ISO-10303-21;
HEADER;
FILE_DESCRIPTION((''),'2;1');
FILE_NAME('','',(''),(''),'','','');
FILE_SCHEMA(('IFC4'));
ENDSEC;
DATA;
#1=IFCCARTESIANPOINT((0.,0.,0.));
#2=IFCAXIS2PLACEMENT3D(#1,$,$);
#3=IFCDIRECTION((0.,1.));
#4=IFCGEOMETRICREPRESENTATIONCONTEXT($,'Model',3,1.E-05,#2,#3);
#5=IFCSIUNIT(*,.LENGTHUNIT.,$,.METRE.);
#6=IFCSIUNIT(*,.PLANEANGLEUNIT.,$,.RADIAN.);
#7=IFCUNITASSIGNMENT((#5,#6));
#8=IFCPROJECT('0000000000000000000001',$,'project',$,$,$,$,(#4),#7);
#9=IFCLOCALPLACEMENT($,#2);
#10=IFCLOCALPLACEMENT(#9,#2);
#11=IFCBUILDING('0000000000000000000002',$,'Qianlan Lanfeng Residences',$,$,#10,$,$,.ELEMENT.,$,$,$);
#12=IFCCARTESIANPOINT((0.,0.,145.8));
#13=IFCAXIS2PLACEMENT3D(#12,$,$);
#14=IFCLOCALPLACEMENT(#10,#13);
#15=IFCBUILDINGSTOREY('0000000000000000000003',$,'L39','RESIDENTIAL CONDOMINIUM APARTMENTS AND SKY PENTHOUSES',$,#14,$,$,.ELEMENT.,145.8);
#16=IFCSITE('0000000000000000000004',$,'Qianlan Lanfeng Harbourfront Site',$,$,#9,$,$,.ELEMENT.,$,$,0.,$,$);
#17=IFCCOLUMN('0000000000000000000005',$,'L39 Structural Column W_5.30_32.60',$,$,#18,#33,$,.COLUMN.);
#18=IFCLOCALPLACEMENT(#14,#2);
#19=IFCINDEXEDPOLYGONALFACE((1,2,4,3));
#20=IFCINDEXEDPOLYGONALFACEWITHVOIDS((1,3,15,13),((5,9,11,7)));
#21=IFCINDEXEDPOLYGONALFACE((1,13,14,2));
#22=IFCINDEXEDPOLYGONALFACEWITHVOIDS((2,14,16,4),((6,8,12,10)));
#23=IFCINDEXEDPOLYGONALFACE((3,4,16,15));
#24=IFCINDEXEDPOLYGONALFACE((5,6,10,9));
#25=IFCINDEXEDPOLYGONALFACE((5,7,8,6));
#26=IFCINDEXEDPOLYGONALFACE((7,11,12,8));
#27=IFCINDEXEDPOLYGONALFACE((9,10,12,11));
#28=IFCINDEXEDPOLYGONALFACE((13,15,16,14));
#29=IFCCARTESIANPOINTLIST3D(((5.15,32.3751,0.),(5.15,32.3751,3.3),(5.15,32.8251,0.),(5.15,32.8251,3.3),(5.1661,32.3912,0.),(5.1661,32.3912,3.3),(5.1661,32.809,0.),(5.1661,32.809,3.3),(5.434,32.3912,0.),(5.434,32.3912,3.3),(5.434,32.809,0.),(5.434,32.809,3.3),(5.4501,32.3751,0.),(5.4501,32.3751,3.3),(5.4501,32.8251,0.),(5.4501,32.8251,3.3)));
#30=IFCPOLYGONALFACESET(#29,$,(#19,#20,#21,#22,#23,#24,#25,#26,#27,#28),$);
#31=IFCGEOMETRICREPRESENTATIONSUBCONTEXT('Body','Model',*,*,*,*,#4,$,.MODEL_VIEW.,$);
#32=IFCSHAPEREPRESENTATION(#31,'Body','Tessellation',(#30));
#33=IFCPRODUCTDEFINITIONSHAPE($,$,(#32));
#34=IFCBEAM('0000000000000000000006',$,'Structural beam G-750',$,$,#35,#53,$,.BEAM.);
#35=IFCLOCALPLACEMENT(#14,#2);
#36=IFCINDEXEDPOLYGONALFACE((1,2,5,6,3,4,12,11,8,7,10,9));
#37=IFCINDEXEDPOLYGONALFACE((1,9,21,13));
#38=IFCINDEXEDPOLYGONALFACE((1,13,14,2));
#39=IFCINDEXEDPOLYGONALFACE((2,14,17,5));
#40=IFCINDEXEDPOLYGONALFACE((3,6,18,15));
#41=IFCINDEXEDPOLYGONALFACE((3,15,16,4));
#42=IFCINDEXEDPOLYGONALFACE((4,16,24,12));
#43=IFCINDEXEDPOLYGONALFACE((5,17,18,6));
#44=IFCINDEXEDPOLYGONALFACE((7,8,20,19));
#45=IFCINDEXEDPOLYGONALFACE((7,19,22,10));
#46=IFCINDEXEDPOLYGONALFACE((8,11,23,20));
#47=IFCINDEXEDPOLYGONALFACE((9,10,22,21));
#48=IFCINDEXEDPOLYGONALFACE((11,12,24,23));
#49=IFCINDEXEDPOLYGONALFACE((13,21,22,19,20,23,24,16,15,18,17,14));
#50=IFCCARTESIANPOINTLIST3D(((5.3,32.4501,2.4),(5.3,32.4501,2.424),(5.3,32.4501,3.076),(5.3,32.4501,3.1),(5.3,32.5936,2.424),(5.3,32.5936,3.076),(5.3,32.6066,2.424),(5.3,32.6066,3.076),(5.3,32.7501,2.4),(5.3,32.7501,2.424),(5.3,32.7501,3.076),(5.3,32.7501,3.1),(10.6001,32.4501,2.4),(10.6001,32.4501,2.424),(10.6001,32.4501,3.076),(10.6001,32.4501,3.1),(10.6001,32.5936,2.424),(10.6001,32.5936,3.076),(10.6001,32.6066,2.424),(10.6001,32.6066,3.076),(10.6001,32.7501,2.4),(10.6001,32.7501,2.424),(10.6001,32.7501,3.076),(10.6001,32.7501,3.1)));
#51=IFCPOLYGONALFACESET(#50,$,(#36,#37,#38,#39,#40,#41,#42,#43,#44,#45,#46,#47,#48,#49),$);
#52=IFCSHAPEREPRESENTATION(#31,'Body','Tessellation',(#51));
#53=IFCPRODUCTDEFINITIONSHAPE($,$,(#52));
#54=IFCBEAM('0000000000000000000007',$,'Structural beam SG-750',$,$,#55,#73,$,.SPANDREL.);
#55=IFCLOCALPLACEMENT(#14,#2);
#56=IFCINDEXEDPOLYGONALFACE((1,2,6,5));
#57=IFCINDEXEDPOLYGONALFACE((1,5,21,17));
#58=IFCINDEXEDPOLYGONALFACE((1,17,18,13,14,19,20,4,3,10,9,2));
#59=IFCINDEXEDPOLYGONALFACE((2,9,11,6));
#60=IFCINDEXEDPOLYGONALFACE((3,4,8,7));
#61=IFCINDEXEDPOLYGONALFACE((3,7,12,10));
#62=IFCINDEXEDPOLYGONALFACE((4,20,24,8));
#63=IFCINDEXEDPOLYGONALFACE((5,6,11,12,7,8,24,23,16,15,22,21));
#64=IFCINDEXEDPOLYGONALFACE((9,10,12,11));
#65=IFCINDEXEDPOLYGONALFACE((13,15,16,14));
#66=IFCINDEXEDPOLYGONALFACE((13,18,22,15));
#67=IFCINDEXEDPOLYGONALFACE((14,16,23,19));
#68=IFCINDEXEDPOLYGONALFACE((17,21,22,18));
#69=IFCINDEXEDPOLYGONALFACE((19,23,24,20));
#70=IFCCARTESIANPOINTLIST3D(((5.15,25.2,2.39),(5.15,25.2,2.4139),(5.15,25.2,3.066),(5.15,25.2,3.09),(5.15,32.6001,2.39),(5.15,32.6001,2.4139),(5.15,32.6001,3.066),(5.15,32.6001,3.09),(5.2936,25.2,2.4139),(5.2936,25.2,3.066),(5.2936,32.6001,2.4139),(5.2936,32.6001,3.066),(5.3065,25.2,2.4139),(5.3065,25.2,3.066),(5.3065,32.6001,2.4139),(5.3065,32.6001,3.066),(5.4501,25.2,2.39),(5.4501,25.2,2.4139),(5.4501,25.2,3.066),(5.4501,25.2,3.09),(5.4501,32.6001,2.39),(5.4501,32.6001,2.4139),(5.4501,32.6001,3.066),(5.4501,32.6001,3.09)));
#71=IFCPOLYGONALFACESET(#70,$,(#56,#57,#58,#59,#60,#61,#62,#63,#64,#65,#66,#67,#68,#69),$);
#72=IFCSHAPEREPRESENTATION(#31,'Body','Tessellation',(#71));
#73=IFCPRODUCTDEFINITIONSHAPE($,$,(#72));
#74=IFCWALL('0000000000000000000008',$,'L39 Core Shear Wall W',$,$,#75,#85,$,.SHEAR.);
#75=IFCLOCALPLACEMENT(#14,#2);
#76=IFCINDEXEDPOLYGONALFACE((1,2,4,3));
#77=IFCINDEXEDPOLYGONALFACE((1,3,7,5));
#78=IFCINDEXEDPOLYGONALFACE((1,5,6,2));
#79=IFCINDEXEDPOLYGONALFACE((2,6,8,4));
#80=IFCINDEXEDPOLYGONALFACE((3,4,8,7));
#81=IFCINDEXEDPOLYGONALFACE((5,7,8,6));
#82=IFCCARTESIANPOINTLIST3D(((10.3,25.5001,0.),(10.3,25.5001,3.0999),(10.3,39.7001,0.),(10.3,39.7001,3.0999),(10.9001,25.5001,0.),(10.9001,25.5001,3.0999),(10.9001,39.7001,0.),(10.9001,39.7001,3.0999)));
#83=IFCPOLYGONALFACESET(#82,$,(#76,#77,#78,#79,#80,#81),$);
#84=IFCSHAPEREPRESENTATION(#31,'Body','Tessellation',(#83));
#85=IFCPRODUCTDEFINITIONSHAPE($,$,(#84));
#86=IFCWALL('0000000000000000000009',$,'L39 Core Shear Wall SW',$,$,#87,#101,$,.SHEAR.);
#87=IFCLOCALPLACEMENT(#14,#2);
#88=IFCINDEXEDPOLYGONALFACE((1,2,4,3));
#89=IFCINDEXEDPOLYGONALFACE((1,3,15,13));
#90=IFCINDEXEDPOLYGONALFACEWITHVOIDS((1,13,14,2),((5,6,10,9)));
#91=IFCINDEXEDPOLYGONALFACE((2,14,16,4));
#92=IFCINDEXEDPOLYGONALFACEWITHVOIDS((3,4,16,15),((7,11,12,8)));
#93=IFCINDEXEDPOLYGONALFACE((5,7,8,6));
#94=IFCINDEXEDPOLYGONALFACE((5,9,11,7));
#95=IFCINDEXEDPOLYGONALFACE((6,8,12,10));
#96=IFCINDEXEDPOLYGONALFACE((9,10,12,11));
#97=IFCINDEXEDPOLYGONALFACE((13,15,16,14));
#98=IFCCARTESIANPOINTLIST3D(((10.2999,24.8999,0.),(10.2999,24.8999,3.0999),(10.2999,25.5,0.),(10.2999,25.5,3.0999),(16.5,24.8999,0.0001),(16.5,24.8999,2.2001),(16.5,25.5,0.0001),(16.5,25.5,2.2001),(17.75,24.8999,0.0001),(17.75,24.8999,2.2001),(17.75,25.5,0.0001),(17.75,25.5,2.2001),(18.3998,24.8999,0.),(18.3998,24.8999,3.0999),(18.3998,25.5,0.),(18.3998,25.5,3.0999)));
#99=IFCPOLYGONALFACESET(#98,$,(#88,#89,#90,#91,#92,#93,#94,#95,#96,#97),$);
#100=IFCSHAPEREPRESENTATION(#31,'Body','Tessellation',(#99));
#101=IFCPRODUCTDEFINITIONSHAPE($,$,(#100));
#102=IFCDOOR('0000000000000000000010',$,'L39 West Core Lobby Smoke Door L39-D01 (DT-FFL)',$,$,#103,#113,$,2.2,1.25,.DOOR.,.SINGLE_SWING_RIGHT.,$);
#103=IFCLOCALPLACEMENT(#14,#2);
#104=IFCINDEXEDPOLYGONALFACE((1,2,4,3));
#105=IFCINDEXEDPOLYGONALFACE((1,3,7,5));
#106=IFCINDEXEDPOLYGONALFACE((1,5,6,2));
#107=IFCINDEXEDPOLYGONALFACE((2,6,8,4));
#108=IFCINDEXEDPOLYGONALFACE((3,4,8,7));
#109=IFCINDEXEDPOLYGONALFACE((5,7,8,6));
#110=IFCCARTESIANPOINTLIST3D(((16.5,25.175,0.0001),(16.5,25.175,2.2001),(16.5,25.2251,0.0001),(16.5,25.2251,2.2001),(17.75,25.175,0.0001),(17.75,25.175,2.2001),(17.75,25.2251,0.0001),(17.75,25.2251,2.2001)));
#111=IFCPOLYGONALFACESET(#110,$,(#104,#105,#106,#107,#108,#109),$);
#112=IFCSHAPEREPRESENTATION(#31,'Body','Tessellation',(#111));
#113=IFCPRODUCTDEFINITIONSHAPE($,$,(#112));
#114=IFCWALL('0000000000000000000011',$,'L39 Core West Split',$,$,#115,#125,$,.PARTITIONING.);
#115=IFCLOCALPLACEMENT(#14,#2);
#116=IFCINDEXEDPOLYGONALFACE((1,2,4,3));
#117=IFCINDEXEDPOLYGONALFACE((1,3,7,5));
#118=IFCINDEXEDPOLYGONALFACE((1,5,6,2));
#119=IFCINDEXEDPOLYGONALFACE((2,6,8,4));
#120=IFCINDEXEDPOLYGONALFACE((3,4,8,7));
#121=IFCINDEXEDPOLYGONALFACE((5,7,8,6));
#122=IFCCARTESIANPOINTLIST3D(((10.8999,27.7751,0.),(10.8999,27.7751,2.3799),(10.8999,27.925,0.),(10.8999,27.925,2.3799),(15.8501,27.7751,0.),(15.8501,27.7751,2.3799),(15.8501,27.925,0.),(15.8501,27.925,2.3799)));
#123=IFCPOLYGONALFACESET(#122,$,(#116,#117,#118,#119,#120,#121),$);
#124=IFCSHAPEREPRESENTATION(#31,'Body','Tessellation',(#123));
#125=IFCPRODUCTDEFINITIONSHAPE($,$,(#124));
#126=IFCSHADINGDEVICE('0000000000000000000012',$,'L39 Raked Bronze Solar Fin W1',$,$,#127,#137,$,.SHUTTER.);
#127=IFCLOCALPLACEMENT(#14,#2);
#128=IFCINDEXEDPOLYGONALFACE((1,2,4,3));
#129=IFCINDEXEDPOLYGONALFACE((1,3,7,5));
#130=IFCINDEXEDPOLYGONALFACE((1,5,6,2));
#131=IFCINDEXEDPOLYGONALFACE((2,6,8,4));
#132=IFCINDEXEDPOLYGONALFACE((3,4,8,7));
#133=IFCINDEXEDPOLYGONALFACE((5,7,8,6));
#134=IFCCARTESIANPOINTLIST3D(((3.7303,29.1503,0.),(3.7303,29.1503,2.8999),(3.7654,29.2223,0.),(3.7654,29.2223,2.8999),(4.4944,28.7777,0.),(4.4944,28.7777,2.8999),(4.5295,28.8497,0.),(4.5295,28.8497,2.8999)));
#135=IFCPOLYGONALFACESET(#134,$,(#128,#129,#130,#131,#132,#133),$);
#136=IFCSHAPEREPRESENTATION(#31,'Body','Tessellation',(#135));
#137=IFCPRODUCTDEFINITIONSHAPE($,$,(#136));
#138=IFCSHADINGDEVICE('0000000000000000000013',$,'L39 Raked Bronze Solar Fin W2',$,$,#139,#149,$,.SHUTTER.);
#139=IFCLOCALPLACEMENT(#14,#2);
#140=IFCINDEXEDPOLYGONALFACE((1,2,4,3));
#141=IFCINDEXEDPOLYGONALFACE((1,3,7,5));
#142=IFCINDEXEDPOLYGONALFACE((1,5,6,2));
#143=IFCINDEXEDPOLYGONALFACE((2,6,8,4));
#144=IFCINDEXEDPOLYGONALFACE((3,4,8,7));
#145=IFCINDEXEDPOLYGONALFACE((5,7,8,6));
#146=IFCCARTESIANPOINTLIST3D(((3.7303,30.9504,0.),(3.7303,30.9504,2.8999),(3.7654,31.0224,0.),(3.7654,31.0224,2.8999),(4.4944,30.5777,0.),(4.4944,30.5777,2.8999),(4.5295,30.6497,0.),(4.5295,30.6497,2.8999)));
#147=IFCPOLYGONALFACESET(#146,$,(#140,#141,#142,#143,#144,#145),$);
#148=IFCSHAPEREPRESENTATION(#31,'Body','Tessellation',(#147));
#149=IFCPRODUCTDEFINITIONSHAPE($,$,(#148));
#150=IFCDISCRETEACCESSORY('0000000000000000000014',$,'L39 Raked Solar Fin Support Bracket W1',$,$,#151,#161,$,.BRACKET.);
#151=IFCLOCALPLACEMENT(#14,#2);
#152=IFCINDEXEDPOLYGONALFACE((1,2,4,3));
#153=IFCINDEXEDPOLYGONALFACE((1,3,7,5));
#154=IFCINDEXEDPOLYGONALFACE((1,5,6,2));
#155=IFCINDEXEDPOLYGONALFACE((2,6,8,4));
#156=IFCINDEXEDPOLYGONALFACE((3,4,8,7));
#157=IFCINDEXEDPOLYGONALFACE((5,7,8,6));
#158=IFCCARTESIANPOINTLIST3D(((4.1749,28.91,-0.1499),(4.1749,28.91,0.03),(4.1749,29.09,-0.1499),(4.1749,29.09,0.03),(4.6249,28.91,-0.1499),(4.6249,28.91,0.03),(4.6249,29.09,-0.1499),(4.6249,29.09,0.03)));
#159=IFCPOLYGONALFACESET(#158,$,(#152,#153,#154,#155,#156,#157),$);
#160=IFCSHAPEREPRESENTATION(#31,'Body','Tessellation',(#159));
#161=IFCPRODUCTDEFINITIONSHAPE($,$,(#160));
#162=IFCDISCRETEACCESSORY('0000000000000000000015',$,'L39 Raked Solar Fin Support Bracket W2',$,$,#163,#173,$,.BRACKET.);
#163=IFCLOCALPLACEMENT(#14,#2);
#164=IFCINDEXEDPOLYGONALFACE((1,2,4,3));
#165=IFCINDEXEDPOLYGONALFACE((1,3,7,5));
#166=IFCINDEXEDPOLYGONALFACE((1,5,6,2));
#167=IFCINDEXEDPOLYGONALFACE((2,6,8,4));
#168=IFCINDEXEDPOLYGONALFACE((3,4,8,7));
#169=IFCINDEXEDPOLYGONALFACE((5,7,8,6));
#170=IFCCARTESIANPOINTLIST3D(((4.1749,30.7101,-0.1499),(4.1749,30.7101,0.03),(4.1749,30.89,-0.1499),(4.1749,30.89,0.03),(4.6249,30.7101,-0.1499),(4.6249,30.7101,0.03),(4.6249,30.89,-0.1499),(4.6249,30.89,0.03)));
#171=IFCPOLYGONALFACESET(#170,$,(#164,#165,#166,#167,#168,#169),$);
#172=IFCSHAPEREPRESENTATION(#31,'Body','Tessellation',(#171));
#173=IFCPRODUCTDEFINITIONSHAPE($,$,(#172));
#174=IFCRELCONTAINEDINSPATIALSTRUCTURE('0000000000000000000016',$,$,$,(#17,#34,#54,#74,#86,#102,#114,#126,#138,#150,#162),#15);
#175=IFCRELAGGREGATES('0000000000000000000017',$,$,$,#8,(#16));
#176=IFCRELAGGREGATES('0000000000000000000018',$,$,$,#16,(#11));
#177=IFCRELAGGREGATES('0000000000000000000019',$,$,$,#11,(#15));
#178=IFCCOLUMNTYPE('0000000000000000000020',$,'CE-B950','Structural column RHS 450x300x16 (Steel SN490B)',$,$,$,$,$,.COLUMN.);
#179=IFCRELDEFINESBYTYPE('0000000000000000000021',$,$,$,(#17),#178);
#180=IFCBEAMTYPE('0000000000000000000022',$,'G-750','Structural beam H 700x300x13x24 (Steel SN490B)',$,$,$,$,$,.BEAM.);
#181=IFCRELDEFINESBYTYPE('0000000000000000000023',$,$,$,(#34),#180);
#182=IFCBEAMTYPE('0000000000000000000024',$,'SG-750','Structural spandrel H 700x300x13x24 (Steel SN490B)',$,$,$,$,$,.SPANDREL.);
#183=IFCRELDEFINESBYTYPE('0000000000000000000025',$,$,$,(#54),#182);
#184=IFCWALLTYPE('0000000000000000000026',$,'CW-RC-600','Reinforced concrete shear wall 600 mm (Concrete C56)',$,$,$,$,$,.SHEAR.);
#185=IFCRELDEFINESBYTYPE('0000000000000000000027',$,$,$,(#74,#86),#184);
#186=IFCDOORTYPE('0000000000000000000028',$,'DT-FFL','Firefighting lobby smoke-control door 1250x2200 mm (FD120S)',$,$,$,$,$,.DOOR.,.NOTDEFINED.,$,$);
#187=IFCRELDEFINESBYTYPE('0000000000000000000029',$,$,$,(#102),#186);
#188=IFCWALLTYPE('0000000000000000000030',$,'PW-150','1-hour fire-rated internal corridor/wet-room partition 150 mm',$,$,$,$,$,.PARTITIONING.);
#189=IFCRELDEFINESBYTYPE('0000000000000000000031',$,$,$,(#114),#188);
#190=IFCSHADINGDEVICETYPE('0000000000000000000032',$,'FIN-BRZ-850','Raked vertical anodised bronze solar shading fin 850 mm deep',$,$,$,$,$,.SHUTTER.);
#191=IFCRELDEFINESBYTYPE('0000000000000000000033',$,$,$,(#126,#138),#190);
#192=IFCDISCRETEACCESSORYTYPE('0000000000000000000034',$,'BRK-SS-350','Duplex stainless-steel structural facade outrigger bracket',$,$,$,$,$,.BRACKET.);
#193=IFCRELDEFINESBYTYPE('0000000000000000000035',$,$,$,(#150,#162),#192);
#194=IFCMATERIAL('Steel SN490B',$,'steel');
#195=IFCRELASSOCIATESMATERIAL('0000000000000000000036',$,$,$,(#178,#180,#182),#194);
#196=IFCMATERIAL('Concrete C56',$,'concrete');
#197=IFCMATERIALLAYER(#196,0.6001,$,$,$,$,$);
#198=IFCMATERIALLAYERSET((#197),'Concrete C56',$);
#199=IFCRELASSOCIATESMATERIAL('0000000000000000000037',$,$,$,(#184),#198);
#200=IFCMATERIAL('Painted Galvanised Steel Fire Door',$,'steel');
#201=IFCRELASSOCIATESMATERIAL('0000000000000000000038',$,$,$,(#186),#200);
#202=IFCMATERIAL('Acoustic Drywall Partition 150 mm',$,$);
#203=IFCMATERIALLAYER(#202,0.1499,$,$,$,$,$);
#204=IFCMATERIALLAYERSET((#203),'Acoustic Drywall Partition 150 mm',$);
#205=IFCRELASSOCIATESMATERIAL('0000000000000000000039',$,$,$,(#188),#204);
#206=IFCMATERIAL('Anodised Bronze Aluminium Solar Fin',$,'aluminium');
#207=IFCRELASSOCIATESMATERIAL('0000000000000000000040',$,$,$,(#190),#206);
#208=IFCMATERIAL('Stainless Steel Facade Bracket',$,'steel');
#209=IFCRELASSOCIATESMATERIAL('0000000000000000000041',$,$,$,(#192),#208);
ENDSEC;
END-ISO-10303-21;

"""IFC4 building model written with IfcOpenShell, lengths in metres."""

from ifc_helpers import new_model, si_unit, direction, frame, frame_2d, origin, origin_2d, place, context, subcontext, project, spatial, rectangle, hollow_rectangle, i_section, extrude, source, transform, mapped, material, layer, layer_set, material_profile, profile_set, type_object, element, fill, save


model = new_model("IFC4")

# Units and contexts
model_context = context("Model", 3, precision=1e-05, world=origin(), true_north=direction((0.0, 1.0)))
body_context = subcontext(model_context, "Body", "Model", "MODEL_VIEW")
ifc_project = project(units=[si_unit("LENGTHUNIT", "METRE"), si_unit("PLANEANGLEUNIT", "RADIAN")], contexts=[model_context])

# Site, building, storey
site_placement = place(None, origin())
site = spatial("IfcSite", under=ifc_project, at=site_placement, Name="Qianlan Lanfeng Harbourfront Site", CompositionType="ELEMENT", RefElevation=0.0)
building_placement = place(site_placement, origin())
building = spatial("IfcBuilding", under=site, at=building_placement, Name="Qianlan Lanfeng Residences", CompositionType="ELEMENT")
storey_placement = place(building_placement, frame((0.0, 0.0, 145.8)))
storey = spatial("IfcBuildingStorey", under=building, at=storey_placement, Name="L39", Description="RESIDENTIAL CONDOMINIUM APARTMENTS AND SKY PENTHOUSES", CompositionType="ELEMENT", Elevation=145.8)

# Column
ifc_material_1 = material(Name="Steel SN490B", Category="steel")
ifc_material_profile_1 = material_profile(ifc_material_1, hollow_rectangle(XDim=0.3, YDim=0.45, WallThickness=0.0161, at=origin_2d()), Name="RHS 450x300x16")
ifc_profile_set_1 = profile_set([ifc_material_profile_1], Name="Steel SN490B")
column_type = type_object("IfcColumnType", Name="CE-B950", Description="Structural column RHS 450x300x16 (Steel SN490B)", PredefinedType="COLUMN", material=ifc_profile_set_1)
column_placement = place(storey_placement, frame((5.3, 32.6001, 0.0), z_axis=(0.0, 0.0, 1.0), x_axis=(1.0, 0.0, 0.0)))
element("IfcColumn", 1, at=column_placement, inside=storey, type_object=column_type, Name="L39 Structural Column W_5.30_32.60", PredefinedType="COLUMN", context=body_context, shape_type="SweptSolid", body=[
    extrude(hollow_rectangle(XDim=0.3, YDim=0.45, WallThickness=0.0161, at=origin_2d()), origin(), (0.0, 0.0, 1.0), 3.3),
])

# Beams
ifc_material_profile_2 = material_profile(ifc_material_1, i_section(OverallWidth=0.3, OverallDepth=0.7, WebThickness=0.0129, FlangeThickness=0.0239, at=origin_2d()), Name="H 700x300x13x24")
ifc_profile_set_2 = profile_set([ifc_material_profile_2], Name="Steel SN490B")
beam_type_1 = type_object("IfcBeamType", Name="G-750", Description="Structural beam H 700x300x13x24 (Steel SN490B)", PredefinedType="BEAM", material=ifc_profile_set_2)
beam_1_placement = place(storey_placement, frame((5.3, 32.6001, 2.75), z_axis=(1.0, 0.0, 0.0), x_axis=(0.0, 1.0, 0.0)))
element("IfcBeam", 2, at=beam_1_placement, inside=storey, type_object=beam_type_1, Name="Structural beam G-750", PredefinedType="BEAM", context=body_context, shape_type="SweptSolid", body=[
    extrude(i_section(OverallWidth=0.3, OverallDepth=0.7, WebThickness=0.0129, FlangeThickness=0.0239, at=origin_2d()), origin(), (0.0, 0.0, 1.0), 5.3),
])
ifc_material_profile_3 = material_profile(ifc_material_1, i_section(OverallWidth=0.3, OverallDepth=0.7, WebThickness=0.0129, FlangeThickness=0.0239, at=origin_2d()), Name="H 700x300x13x24")
ifc_profile_set_3 = profile_set([ifc_material_profile_3], Name="Steel SN490B")
beam_type_2 = type_object("IfcBeamType", Name="SG-750", Description="Structural spandrel H 700x300x13x24 (Steel SN490B)", PredefinedType="SPANDREL", material=ifc_profile_set_3)
beam_2_placement = place(storey_placement, frame((5.3, 25.2, 2.74), z_axis=(0.0, 1.0, 0.0), x_axis=(-1.0, 0.0, 0.0)))
element("IfcBeam", 3, at=beam_2_placement, inside=storey, type_object=beam_type_2, Name="Structural beam SG-750", PredefinedType="SPANDREL", context=body_context, shape_type="SweptSolid", body=[
    extrude(i_section(OverallWidth=0.3, OverallDepth=0.7, WebThickness=0.0129, FlangeThickness=0.0239, at=origin_2d()), origin(), (0.0, 0.0, 1.0), 7.4001),
])

# Wall
ifc_material_2 = material(Name="Concrete C56", Category="concrete")
ifc_layer_1 = layer(ifc_material_2, 0.6001)
ifc_layer_set_1 = layer_set([ifc_layer_1], Name="Concrete C56")
wall_type_1 = type_object("IfcWallType", Name="CW-RC-600", Description="Reinforced concrete shear wall 600 mm (Concrete C56)", PredefinedType="SHEAR", material=ifc_layer_set_1)
wall_1_placement = place(storey_placement, frame((10.6001, 25.5, 0.0), z_axis=(0.0, 0.0, 1.0), x_axis=(0.0, 1.0, 0.0)))
element("IfcWall", 4, at=wall_1_placement, inside=storey, type_object=wall_type_1, Name="L39 Core Shear Wall W", PredefinedType="SHEAR", context=body_context, shape_type="SweptSolid", body=[
    extrude(rectangle(XDim=14.2, YDim=0.6001, at=frame_2d((7.1001, 0.0))), origin(), (0.0, 0.0, 1.0), 3.0999),
])

# Wall, opening, door
wall_2_placement = place(storey_placement, frame((10.3, 25.2, 0.0), z_axis=(0.0, 0.0, 1.0), x_axis=(1.0, 0.0, 0.0)))
wall_2 = element("IfcWall", 5, at=wall_2_placement, inside=storey, type_object=wall_type_1, Name="L39 Core Shear Wall SW", PredefinedType="SHEAR", context=body_context, shape_type="SweptSolid", body=[
    extrude(rectangle(XDim=8.0999, YDim=0.6001, at=frame_2d((4.0498, 0.0))), origin(), (0.0, 0.0, 1.0), 3.0999),
])
opening_placement = place(wall_2_placement, frame((6.2, 0.0, 0.0)))
opening = element("IfcOpeningElement", 6, at=opening_placement, cuts=wall_2, PredefinedType="OPENING", context=body_context, shape_type="SweptSolid", body=[
    extrude(rectangle(XDim=1.25, YDim=2.2, at=frame_2d((0.625, 1.1001))), frame((0.0, 0.3101, 0.0), z_axis=(0.0, -1.0, 0.0), x_axis=(1.0, 0.0, 0.0)), (0.0, 0.0, 1.0), 0.6201),
])
ifc_material_3 = material(Name="Painted Galvanised Steel Fire Door", Category="steel")
door_type = type_object("IfcDoorType", Name="DT-FFL", Description="Firefighting lobby smoke-control door 1250x2200 mm (FD120S)", OperationType="NOTDEFINED", PredefinedType="DOOR", material=ifc_material_3)
door_placement = place(opening_placement, frame((1.25, 0.0, 0.0), z_axis=(0.0, 0.0, 1.0), x_axis=(-1.0, 0.0, 0.0)))
door = element("IfcDoor", 7, at=door_placement, inside=storey, type_object=door_type, Name="L39 West Core Lobby Smoke Door L39-D01 (DT-FFL)", OperationType="SINGLE_SWING_RIGHT", OverallHeight=2.2, OverallWidth=1.25, PredefinedType="DOOR", context=body_context, shape_type="SweptSolid", body=[
    extrude(rectangle(XDim=1.25, YDim=2.2, at=frame_2d((0.625, 1.1001))), frame((0.0, 0.0249, 0.0), z_axis=(0.0, -1.0, 0.0), x_axis=(1.0, 0.0, 0.0)), (0.0, 0.0, 1.0), 0.05),
])
fill(opening, door)

# Wall
ifc_material_4 = material(Name="Acoustic Drywall Partition 150 mm")
ifc_layer_2 = layer(ifc_material_4, 0.1499)
ifc_layer_set_2 = layer_set([ifc_layer_2], Name="Acoustic Drywall Partition 150 mm")
wall_type_2 = type_object("IfcWallType", Name="PW-150", Description="1-hour fire-rated internal corridor/wet-room partition 150 mm", PredefinedType="PARTITIONING", material=ifc_layer_set_2)
wall_3_placement = place(storey_placement, frame((10.8999, 27.8501, 0.0), z_axis=(0.0, 0.0, 1.0), x_axis=(1.0, 0.0, 0.0)))
element("IfcWall", 8, at=wall_3_placement, inside=storey, type_object=wall_type_2, Name="L39 Core West Split", PredefinedType="PARTITIONING", context=body_context, shape_type="SweptSolid", body=[
    extrude(rectangle(XDim=4.9502, YDim=0.1499, at=frame_2d((2.4751, 0.0))), origin(), (0.0, 0.0, 1.0), 2.3799),
])

# Shading devices
ifc_material_5 = material(Name="Anodised Bronze Aluminium Solar Fin", Category="aluminium")
shading_device_type = type_object("IfcShadingDeviceType", Name="FIN-BRZ-850", Description="Raked vertical anodised bronze solar shading fin 850 mm deep", PredefinedType="SHUTTER", material=ifc_material_5)
shared_shape_1 = source(origin(), body_context, "Body", "SweptSolid", [
    extrude(rectangle(XDim=0.8501, YDim=0.0801, at=origin_2d()), origin(), (0.0, 0.0, 1.0), 2.8999),
])
for number, where, z_axis, x_axis, name in (
    (9, (4.1299, 29.0, 0.0), (0.0, 0.0, 1.0), (0.898794, -0.438371, 0.0), "L39 Raked Bronze Solar Fin W1"),
    (10, (4.1299, 30.8, 0.0), (0.0, 0.0, 1.0), (0.898794, -0.438371, 0.0), "L39 Raked Bronze Solar Fin W2"),
):
    element("IfcShadingDevice", number, at=place(storey_placement, frame(where, z_axis=z_axis, x_axis=x_axis)), inside=storey, type_object=shading_device_type, Name=name, PredefinedType="SHUTTER", context=body_context, shape_type="MappedRepresentation", body=[
        mapped(shared_shape_1, transform((0.0, 0.0, 0.0), scale=1.0)),
    ])

# Discrete accessories
ifc_material_6 = material(Name="Stainless Steel Facade Bracket", Category="steel")
discrete_accessory_type = type_object("IfcDiscreteAccessoryType", Name="BRK-SS-350", Description="Duplex stainless-steel structural facade outrigger bracket", PredefinedType="BRACKET", material=ifc_material_6)
shared_shape_2 = source(origin(), body_context, "Body", "SweptSolid", [
    extrude(rectangle(XDim=0.45, YDim=0.1799, at=origin_2d()), origin(), (0.0, 0.0, 1.0), 0.1799),
])
for number, where, z_axis, x_axis, name in (
    (11, (4.3999, 29.0, -0.1499), (0.0, 0.0, 1.0), (1.0, 0.0, 0.0), "L39 Raked Solar Fin Support Bracket W1"),
    (12, (4.3999, 30.8, -0.1499), (0.0, 0.0, 1.0), (1.0, 0.0, 0.0), "L39 Raked Solar Fin Support Bracket W2"),
):
    element("IfcDiscreteAccessory", number, at=place(storey_placement, frame(where, z_axis=z_axis, x_axis=x_axis)), inside=storey, type_object=discrete_accessory_type, Name=name, PredefinedType="BRACKET", context=body_context, shape_type="MappedRepresentation", body=[
        mapped(shared_shape_2, transform((0.0, 0.0, 0.0), scale=1.0)),
    ])

save(model, "model.ifc")
